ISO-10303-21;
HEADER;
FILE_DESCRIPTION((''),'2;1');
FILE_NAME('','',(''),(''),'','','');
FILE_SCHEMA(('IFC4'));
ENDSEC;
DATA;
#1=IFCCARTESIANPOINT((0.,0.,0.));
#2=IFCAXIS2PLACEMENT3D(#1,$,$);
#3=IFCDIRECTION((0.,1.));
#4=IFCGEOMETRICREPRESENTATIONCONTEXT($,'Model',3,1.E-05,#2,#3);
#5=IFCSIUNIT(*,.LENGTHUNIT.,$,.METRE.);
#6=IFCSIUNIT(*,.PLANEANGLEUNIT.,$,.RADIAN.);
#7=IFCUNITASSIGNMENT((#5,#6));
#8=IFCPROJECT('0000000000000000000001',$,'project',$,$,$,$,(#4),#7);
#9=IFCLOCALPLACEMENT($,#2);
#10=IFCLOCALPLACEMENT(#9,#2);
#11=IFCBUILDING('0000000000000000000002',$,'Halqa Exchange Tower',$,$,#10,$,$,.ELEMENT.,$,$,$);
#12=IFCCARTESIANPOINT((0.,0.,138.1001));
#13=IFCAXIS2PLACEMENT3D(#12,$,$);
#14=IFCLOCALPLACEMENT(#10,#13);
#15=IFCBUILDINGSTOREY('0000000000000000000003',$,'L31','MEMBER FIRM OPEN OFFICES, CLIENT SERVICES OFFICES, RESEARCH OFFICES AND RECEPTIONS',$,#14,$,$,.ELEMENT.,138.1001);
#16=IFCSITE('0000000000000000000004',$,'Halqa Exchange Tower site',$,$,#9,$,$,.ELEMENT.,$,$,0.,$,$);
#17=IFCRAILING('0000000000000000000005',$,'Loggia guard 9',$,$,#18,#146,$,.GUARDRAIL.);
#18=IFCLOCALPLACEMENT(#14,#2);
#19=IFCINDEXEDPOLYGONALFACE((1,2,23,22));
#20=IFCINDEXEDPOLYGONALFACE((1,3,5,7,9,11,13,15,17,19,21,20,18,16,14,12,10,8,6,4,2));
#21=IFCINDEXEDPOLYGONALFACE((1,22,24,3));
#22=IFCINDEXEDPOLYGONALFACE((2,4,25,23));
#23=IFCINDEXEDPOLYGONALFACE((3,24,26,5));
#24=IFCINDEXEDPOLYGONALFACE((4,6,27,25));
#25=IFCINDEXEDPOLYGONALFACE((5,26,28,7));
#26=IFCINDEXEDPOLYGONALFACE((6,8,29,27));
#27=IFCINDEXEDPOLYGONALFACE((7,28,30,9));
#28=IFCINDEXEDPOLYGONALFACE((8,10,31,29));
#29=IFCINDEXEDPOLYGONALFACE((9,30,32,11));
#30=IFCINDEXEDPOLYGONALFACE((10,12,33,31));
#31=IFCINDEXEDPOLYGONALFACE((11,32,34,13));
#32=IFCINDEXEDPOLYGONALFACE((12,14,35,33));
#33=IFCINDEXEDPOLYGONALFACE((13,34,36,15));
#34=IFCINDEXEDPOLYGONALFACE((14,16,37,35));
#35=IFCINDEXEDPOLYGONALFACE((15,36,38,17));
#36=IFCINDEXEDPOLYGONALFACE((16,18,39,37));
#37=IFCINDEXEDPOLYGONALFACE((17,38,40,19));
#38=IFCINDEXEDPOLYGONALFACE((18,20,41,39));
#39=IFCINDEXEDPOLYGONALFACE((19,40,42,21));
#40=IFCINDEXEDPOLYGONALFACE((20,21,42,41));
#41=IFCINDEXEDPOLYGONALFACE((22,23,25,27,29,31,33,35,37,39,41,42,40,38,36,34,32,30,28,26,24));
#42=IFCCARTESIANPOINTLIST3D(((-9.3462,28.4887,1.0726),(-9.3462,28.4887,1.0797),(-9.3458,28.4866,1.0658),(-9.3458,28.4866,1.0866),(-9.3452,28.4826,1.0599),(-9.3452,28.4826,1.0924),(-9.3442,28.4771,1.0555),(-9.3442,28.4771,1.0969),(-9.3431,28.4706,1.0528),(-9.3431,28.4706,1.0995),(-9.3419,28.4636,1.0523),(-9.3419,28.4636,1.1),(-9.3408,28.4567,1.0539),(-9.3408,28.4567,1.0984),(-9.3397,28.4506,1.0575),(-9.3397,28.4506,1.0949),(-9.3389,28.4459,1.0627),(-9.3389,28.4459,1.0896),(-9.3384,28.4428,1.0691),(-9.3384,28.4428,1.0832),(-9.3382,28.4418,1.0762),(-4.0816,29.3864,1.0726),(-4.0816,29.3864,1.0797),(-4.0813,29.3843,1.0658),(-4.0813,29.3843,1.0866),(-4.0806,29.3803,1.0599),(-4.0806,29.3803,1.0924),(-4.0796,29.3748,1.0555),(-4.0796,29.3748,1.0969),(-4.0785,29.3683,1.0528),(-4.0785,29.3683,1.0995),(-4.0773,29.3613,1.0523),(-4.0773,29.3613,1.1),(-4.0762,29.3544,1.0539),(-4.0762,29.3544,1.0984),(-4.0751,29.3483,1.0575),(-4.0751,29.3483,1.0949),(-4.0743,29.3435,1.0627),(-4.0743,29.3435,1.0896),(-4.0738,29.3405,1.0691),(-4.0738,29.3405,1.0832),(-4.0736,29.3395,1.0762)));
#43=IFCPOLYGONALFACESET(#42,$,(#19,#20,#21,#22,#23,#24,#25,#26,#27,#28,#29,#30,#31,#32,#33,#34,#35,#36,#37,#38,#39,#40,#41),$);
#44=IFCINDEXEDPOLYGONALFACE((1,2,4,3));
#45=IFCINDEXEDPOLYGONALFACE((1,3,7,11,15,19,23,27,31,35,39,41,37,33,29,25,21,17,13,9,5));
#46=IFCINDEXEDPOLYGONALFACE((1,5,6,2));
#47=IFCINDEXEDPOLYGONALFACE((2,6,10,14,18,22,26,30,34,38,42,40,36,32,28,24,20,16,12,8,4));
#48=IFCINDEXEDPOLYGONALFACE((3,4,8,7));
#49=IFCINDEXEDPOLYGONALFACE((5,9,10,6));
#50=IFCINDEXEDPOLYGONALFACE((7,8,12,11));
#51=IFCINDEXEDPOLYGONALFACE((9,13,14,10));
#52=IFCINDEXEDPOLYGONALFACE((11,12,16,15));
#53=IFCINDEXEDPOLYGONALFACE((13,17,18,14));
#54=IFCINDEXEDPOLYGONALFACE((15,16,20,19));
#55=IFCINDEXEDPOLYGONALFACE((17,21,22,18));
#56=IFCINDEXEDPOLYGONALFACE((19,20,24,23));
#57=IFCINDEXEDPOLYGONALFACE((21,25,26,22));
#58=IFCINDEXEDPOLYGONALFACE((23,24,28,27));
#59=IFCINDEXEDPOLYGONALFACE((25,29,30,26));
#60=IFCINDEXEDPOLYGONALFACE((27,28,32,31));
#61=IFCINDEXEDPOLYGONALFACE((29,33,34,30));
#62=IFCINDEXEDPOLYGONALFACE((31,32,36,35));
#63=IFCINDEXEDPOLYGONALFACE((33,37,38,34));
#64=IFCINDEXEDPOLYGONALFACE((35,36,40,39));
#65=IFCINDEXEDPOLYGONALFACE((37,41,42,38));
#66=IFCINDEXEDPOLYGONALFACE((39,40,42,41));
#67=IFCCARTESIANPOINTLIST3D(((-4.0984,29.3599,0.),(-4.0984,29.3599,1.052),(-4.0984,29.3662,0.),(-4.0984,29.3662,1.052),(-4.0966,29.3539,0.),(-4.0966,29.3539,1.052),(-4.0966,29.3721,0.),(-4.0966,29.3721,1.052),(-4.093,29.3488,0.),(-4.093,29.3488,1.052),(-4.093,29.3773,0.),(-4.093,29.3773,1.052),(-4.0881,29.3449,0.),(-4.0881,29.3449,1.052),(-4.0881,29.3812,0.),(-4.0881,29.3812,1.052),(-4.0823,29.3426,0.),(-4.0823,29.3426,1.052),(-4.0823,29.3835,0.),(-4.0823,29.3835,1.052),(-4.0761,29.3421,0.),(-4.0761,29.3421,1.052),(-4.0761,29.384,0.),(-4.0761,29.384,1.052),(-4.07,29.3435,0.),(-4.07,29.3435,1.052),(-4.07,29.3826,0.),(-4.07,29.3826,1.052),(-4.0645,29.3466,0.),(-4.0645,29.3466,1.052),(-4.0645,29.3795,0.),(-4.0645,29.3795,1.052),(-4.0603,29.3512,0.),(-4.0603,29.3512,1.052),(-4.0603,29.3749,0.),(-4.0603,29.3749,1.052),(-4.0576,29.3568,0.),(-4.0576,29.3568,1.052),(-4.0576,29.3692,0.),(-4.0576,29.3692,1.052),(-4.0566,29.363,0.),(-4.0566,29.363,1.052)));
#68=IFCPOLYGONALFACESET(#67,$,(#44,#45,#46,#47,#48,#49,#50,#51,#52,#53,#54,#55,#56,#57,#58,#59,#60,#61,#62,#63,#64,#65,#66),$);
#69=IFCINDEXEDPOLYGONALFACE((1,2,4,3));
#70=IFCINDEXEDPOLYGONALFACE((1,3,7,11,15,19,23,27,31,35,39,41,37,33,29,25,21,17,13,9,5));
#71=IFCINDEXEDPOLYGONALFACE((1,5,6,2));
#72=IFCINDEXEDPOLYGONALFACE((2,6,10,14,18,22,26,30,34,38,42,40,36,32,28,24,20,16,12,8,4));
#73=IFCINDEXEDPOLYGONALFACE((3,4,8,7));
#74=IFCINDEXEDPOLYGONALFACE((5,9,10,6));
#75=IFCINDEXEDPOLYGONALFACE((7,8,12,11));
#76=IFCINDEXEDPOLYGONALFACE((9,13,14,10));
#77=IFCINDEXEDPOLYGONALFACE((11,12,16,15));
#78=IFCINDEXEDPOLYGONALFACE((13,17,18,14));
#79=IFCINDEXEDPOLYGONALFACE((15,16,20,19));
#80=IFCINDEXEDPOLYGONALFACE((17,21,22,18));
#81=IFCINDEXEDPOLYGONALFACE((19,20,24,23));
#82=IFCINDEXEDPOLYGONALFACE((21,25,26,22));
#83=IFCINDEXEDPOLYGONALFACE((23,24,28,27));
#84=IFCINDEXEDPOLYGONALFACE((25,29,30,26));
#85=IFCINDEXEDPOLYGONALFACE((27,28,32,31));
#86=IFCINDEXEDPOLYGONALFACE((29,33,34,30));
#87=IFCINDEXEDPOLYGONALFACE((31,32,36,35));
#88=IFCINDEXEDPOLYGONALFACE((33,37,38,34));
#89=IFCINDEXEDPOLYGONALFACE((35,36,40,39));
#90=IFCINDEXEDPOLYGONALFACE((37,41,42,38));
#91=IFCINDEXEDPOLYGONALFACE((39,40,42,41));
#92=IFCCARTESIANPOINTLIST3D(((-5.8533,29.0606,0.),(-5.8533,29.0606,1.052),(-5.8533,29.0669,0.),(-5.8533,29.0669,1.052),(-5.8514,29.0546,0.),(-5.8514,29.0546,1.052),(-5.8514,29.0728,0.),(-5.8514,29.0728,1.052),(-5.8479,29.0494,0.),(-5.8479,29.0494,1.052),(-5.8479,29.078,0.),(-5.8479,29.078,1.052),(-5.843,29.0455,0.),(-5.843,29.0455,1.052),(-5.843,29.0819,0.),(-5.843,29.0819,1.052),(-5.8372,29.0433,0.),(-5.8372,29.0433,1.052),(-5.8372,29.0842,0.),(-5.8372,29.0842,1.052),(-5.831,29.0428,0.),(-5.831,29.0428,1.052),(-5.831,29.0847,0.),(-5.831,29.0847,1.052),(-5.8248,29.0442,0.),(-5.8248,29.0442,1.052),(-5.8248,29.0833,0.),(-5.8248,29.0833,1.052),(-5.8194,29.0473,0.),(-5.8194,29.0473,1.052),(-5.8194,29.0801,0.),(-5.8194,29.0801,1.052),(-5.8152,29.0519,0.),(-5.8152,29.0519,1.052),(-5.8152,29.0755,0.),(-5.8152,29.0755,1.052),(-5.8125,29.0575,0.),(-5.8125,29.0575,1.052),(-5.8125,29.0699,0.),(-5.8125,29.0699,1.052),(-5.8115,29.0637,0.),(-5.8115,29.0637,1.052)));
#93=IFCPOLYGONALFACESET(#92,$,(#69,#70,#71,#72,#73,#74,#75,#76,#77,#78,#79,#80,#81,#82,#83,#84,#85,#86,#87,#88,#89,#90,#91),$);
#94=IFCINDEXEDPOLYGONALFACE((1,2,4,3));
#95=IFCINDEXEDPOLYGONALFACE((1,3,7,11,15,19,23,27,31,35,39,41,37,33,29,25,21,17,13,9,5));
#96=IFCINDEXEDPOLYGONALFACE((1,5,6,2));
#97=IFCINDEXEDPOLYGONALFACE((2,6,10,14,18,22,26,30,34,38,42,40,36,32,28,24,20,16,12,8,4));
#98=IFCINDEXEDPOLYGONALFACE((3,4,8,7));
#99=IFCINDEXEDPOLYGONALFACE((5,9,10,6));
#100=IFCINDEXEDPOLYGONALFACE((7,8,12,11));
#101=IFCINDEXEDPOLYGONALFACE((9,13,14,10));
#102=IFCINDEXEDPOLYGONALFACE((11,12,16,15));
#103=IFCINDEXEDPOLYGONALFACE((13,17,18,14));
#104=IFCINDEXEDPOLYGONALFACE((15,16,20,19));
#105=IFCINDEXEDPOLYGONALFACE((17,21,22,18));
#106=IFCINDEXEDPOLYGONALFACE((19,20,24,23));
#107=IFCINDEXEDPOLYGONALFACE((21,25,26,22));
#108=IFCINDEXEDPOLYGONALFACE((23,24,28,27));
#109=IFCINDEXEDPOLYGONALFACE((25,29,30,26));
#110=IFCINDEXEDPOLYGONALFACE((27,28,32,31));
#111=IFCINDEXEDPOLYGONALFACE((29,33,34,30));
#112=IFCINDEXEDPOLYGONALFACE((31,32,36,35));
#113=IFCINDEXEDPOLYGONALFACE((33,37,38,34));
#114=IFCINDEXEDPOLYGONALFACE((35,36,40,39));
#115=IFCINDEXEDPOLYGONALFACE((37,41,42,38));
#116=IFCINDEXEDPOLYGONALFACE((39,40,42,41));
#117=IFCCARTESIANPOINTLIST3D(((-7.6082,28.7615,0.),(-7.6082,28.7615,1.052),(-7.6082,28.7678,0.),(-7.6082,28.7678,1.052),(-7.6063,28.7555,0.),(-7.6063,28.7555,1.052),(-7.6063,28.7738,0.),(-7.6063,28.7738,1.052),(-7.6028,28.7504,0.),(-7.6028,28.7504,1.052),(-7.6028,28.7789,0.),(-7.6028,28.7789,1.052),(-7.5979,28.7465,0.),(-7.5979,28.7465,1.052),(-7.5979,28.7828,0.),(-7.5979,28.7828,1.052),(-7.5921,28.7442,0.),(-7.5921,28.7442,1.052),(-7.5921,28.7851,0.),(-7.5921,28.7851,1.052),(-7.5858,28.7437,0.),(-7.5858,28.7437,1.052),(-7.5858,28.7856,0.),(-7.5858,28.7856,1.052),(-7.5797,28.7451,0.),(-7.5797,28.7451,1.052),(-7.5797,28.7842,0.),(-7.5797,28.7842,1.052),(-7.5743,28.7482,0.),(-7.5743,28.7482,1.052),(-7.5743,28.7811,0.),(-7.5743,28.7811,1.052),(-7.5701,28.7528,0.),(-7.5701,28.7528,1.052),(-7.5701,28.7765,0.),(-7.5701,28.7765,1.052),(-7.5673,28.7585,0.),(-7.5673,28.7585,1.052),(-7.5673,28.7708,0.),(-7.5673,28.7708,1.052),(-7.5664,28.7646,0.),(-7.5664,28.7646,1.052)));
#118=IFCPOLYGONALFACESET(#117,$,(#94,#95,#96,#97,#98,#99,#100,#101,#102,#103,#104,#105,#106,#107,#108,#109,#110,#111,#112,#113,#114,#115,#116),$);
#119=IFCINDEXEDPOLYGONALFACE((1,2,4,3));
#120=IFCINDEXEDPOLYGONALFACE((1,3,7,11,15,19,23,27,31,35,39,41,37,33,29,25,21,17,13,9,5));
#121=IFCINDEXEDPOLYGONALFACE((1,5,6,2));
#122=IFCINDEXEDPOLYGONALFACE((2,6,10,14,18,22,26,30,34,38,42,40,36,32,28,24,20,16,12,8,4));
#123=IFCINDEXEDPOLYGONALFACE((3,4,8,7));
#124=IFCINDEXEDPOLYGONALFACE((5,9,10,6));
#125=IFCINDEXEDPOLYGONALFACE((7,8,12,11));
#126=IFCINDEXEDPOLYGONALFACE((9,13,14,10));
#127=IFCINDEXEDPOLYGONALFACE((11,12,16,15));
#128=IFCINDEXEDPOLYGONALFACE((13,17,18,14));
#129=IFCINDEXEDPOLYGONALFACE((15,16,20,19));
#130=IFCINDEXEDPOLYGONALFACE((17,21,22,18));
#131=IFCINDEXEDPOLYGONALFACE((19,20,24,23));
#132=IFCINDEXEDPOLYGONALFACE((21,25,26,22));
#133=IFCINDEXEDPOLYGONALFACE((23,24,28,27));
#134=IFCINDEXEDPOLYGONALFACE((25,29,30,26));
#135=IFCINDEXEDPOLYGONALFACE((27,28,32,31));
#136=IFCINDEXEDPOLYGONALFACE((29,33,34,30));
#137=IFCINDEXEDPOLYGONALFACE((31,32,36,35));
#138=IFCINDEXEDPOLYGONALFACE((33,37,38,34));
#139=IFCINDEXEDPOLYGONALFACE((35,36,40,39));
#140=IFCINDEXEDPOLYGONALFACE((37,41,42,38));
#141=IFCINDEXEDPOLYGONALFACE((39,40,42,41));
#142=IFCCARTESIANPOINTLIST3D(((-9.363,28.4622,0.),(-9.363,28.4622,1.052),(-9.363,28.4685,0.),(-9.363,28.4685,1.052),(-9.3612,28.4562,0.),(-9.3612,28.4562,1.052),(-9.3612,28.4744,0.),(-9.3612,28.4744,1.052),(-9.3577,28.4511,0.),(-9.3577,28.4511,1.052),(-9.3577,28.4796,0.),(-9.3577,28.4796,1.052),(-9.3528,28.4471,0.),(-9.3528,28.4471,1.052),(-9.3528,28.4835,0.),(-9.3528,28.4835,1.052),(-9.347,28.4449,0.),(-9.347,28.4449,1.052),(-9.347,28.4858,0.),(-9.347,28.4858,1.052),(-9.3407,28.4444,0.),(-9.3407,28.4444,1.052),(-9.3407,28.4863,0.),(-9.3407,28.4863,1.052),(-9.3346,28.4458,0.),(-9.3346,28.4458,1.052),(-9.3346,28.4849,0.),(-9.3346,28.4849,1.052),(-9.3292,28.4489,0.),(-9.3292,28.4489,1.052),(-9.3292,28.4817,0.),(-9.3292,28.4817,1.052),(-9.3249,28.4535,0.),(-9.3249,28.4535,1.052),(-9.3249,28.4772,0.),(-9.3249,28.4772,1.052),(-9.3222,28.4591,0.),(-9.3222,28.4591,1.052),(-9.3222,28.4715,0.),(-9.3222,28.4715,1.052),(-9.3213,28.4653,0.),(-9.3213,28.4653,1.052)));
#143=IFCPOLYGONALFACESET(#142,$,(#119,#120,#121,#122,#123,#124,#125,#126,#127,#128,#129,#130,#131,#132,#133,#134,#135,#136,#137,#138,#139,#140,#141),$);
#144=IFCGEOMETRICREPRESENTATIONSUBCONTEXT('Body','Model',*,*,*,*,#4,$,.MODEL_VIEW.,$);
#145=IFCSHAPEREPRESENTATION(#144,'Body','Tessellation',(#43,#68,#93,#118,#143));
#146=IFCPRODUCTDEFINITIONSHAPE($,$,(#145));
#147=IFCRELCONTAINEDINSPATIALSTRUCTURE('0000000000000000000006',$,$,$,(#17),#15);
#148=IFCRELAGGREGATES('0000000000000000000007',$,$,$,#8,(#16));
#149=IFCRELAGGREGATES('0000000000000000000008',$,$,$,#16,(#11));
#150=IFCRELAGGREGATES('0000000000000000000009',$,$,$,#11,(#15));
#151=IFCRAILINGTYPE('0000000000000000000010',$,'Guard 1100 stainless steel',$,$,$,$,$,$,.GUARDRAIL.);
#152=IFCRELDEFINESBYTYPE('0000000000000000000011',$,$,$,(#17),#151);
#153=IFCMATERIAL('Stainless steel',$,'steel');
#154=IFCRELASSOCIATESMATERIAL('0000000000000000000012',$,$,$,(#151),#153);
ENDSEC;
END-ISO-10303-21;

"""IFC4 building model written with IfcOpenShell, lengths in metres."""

from ifc_helpers import new_model, si_unit, direction, frame, origin, origin_2d, place, context, subcontext, project, spatial, circle, extrude, material, type_object, element, save


model = new_model("IFC4")

# Units and contexts
model_context = context("Model", 3, precision=1e-05, world=origin(), true_north=direction((0.0, 1.0)))
body_context = subcontext(model_context, "Body", "Model", "MODEL_VIEW")
ifc_project = project(units=[si_unit("LENGTHUNIT", "METRE"), si_unit("PLANEANGLEUNIT", "RADIAN")], contexts=[model_context])

# Site, building, storey
site_placement = place(None, origin())
site = spatial("IfcSite", under=ifc_project, at=site_placement, Name="Halqa Exchange Tower site", CompositionType="ELEMENT", RefElevation=0.0)
building_placement = place(site_placement, origin())
building = spatial("IfcBuilding", under=site, at=building_placement, Name="Halqa Exchange Tower", CompositionType="ELEMENT")
storey_placement = place(building_placement, frame((0.0, 0.0, 138.1001)))
storey = spatial("IfcBuildingStorey", under=building, at=storey_placement, Name="L31", Description="MEMBER FIRM OPEN OFFICES, CLIENT SERVICES OFFICES, RESEARCH OFFICES AND RECEPTIONS", CompositionType="ELEMENT", Elevation=138.1001)

# Railing
ifc_material_1 = material(Name="Stainless steel", Category="steel")
railing_type_1 = type_object("IfcRailingType", Name="Guard 1100 stainless steel", PredefinedType="GUARDRAIL", material=ifc_material_1)
railing_1_placement = place(storey_placement, frame((-4.0776, 29.363, 0.0)))
element("IfcRailing", 1, at=railing_1_placement, inside=storey, type_object=railing_type_1, Name="Loggia guard 9", PredefinedType="GUARDRAIL", context=body_context, shape_type="SweptSolid", body=[
    extrude(circle(Radius=0.0239, at=origin_2d()), frame((0.0, 0.0, 1.0762), z_axis=(-0.985772, -0.16809, 0.0), x_axis=(0.16809, -0.985772, 0.0)), (0.0, 0.0, 1.0), 5.3406),
    extrude(circle(Radius=0.021, at=origin_2d()), origin(), (0.0, 0.0, 1.0), 1.052),
    extrude(circle(Radius=0.021, at=origin_2d()), frame((-1.7549, -0.2993, 0.0)), (0.0, 0.0, 1.0), 1.052),
    extrude(circle(Radius=0.021, at=origin_2d()), frame((-3.5098, -0.5984, 0.0)), (0.0, 0.0, 1.0), 1.052),
    extrude(circle(Radius=0.021, at=origin_2d()), frame((-5.2646, -0.8977, 0.0)), (0.0, 0.0, 1.0), 1.052),
])

save(model, "model.ifc")
